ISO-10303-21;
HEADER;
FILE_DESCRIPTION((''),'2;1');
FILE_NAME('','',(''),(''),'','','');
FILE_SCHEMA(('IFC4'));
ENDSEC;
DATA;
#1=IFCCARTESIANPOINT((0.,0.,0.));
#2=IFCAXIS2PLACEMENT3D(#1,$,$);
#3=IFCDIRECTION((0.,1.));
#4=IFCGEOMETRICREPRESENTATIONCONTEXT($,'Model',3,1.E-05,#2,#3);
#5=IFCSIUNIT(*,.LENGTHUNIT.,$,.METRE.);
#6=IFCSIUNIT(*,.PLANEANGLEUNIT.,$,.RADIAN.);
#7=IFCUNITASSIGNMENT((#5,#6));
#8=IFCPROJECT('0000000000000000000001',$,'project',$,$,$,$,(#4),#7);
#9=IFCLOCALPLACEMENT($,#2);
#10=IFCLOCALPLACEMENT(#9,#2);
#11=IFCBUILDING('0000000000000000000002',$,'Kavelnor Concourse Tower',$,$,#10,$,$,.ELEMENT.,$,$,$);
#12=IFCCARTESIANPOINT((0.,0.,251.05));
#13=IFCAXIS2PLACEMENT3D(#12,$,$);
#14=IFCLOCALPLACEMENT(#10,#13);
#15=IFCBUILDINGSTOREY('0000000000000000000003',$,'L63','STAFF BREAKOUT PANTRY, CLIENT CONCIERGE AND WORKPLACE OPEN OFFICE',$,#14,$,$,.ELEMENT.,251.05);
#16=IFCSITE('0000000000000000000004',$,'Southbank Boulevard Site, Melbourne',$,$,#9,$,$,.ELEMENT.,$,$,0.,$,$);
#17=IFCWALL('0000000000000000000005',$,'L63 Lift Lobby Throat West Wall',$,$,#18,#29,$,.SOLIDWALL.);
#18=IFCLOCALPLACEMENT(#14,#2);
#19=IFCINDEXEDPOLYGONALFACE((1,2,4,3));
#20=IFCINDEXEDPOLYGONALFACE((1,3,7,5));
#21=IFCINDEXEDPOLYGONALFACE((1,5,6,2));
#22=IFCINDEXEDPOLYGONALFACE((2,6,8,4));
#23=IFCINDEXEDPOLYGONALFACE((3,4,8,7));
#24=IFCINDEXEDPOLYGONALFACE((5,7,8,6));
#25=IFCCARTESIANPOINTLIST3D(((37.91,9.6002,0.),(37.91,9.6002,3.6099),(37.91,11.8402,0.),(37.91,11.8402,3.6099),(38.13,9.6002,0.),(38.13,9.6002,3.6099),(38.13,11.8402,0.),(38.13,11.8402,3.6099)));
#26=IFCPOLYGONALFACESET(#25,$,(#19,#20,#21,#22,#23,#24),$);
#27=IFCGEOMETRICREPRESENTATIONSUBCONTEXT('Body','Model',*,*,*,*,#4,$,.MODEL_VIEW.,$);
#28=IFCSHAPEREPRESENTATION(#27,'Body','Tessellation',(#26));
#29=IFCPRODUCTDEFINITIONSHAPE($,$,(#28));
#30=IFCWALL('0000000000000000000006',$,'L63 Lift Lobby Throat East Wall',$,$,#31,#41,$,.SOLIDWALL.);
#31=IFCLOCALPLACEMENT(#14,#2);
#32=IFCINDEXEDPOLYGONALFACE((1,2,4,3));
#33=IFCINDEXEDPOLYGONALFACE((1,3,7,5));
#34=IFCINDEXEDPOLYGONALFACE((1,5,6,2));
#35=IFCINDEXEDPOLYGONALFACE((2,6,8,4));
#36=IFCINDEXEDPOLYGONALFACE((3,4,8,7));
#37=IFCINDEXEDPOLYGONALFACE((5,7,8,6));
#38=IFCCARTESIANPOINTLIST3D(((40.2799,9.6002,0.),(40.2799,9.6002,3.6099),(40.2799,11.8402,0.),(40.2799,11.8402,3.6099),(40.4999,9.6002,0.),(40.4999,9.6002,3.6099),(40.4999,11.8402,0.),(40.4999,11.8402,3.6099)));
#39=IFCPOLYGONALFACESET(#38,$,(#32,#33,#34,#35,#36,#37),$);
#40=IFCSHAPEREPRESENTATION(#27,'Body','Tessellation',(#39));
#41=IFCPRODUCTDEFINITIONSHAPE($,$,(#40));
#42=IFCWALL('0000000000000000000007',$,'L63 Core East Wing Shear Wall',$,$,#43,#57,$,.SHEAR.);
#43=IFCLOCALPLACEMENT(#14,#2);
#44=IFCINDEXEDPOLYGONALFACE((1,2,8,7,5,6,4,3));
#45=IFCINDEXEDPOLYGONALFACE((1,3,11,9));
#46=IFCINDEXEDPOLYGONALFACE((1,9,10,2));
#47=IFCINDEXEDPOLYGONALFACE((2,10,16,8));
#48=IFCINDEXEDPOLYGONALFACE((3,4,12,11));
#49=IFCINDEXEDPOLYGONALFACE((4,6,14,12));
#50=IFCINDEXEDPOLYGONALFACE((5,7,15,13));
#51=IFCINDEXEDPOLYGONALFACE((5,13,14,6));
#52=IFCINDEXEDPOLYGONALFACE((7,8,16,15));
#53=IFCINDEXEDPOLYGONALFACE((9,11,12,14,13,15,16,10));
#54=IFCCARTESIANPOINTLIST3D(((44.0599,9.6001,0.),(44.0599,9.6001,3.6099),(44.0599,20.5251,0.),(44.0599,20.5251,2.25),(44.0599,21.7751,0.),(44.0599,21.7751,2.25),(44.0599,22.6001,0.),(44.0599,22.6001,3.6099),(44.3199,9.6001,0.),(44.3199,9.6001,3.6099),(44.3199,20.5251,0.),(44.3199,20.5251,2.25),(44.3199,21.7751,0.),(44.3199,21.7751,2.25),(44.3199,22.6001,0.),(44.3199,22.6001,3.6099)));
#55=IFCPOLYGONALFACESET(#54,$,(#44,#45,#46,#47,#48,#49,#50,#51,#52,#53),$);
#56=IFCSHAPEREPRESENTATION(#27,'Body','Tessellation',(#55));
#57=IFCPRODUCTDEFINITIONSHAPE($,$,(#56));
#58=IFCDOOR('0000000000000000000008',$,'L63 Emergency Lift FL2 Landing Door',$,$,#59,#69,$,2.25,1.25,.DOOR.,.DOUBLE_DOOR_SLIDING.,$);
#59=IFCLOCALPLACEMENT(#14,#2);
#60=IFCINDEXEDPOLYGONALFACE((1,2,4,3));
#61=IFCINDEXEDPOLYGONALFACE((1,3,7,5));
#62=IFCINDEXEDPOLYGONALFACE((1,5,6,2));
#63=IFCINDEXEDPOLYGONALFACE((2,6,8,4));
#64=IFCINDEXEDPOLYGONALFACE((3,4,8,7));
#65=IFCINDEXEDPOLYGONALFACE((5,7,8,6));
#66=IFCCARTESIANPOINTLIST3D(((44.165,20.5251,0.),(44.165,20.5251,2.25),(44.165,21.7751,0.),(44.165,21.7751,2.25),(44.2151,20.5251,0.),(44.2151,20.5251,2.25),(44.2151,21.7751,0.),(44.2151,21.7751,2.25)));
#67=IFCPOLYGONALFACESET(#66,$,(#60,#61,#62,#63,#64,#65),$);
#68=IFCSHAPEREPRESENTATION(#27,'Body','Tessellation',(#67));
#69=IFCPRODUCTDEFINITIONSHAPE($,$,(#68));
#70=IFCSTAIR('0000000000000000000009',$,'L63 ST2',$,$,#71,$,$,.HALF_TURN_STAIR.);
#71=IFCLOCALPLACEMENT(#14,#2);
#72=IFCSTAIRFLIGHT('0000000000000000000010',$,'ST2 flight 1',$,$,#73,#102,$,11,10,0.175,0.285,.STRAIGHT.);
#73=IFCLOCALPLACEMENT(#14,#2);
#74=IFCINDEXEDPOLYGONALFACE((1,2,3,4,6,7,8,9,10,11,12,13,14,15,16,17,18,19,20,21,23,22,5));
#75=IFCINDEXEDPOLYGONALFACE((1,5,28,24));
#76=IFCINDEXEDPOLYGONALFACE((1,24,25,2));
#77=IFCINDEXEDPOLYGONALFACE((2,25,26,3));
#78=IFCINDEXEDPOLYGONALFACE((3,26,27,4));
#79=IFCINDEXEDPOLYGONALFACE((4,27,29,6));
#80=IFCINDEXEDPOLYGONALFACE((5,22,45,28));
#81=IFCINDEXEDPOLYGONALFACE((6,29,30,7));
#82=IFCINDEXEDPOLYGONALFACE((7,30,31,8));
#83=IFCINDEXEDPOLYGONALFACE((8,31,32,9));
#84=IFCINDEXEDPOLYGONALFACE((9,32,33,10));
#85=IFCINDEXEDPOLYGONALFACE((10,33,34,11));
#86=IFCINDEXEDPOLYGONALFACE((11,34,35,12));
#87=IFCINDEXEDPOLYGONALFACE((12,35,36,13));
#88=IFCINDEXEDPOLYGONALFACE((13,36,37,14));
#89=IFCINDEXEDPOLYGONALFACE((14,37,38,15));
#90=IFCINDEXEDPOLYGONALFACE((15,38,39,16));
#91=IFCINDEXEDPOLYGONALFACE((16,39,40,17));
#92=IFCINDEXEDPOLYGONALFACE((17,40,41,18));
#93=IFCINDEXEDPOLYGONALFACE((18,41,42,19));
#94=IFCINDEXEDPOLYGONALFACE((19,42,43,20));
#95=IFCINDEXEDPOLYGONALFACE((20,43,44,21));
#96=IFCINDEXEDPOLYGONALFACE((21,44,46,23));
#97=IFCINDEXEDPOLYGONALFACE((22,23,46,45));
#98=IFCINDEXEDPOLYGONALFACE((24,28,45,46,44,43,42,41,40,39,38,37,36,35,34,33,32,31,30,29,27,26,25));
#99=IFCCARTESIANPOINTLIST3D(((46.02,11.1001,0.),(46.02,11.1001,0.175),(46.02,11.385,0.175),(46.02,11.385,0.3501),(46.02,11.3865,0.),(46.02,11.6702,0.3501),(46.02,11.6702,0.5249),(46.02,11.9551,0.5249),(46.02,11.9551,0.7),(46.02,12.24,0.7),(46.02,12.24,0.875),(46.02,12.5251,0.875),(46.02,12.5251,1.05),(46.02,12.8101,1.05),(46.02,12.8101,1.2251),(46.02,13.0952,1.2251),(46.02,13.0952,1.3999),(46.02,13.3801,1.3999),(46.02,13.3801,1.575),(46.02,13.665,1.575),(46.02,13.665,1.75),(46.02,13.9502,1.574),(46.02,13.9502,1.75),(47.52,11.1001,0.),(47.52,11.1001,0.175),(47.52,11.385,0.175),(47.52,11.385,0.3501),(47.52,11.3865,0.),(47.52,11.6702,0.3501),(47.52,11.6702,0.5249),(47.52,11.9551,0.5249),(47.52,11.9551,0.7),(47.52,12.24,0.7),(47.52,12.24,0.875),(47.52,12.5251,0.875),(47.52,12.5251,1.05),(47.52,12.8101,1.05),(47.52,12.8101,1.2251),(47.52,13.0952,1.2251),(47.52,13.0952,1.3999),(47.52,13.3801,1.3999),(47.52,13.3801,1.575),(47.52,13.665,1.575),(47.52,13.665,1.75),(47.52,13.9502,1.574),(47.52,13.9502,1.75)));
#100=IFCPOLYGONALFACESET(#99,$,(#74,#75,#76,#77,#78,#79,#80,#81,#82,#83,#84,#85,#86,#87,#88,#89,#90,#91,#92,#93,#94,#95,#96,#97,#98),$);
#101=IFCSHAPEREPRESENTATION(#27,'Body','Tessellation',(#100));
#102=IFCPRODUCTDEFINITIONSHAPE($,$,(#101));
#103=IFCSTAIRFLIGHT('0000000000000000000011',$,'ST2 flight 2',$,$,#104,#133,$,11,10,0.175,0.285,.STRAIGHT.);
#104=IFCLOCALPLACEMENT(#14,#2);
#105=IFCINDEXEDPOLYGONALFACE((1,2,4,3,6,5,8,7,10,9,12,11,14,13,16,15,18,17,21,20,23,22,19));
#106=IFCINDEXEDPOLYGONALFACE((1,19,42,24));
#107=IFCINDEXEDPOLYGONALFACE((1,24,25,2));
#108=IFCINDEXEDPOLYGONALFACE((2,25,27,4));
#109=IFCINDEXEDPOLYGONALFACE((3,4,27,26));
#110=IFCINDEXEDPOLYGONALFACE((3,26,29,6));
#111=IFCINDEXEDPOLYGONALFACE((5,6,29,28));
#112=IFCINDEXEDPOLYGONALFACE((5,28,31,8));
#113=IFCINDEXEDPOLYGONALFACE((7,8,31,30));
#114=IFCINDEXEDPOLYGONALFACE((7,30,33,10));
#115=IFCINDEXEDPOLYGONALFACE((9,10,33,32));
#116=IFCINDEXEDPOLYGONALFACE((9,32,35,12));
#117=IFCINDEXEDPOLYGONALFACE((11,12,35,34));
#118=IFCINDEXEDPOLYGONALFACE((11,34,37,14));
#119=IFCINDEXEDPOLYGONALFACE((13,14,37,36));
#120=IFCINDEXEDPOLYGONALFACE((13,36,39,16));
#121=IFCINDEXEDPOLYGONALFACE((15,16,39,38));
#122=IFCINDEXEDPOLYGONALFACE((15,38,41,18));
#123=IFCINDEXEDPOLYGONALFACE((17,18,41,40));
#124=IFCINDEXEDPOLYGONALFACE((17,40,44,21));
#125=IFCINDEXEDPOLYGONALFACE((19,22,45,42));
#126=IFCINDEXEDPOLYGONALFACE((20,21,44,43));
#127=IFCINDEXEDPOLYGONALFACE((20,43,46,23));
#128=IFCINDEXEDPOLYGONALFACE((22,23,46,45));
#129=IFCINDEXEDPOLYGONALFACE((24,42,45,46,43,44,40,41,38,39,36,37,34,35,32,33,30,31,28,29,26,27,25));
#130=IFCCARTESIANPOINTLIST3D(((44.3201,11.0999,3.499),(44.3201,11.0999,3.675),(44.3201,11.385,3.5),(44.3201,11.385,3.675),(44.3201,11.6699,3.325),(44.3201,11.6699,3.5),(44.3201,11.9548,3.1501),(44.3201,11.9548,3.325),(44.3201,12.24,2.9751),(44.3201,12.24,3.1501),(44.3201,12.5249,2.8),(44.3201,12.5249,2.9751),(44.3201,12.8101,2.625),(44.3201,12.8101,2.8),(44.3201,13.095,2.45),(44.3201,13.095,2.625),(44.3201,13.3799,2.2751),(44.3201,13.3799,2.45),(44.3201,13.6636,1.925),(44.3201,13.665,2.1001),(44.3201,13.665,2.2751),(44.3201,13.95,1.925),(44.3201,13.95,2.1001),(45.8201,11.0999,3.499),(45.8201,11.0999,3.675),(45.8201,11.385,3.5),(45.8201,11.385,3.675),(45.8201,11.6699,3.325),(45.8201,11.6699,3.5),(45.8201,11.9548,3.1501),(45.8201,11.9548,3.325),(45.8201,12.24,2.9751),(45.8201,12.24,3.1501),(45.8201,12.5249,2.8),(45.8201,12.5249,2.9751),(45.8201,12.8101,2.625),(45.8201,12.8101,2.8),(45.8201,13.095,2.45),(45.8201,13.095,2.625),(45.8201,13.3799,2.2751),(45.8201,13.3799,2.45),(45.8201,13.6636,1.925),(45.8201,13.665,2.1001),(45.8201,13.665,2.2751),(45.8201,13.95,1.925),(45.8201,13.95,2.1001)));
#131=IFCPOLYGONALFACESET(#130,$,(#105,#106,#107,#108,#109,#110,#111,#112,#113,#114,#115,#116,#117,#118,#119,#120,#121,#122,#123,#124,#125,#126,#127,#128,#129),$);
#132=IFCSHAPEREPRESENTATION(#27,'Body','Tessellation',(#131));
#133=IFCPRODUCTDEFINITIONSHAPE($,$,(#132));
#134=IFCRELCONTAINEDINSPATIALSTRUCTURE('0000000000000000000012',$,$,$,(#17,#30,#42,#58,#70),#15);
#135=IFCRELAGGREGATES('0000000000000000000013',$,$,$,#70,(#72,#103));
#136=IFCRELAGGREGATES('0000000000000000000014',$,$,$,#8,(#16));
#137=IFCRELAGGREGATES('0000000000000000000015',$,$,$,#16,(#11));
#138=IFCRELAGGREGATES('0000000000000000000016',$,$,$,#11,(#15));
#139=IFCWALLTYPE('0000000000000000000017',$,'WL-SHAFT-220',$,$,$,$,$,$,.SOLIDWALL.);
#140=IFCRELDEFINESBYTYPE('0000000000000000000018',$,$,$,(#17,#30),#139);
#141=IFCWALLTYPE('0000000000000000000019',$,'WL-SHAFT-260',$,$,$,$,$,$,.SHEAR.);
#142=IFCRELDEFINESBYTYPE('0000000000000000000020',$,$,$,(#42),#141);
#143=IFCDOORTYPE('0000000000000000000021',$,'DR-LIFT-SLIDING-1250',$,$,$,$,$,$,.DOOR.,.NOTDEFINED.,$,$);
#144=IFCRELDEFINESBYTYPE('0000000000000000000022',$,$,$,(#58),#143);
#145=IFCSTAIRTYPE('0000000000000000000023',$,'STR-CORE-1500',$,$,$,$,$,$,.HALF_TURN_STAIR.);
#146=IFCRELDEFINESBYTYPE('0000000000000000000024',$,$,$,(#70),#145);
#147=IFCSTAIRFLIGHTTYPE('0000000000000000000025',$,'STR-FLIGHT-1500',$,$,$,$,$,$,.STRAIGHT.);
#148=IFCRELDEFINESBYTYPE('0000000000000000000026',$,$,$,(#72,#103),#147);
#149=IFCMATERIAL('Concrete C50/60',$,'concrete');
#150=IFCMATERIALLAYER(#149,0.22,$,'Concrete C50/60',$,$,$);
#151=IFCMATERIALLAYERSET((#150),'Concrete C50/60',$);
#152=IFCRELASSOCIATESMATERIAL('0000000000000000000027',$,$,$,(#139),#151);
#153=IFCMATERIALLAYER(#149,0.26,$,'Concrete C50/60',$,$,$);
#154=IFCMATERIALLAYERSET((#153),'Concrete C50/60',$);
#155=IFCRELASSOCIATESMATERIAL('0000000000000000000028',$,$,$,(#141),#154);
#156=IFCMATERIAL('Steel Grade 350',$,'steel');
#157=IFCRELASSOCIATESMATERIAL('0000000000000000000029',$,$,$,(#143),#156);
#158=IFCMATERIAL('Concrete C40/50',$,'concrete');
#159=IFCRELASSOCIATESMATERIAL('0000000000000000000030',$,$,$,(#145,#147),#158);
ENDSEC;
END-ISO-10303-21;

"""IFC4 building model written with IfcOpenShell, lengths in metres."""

from ifc_helpers import new_model, si_unit, direction, frame, frame_2d, origin, place, context, subcontext, project, spatial, polyline, rectangle, outline, extrude, material, layer, layer_set, type_object, element, fill, aggregate, save


model = new_model("IFC4")

# Units and contexts
model_context = context("Model", 3, precision=1e-05, world=origin(), true_north=direction((0.0, 1.0)))
body_context = subcontext(model_context, "Body", "Model", "MODEL_VIEW")
ifc_project = project(units=[si_unit("LENGTHUNIT", "METRE"), si_unit("PLANEANGLEUNIT", "RADIAN")], contexts=[model_context])

# Site, building, storey
site_placement = place(None, origin())
site = spatial("IfcSite", under=ifc_project, at=site_placement, Name="Southbank Boulevard Site, Melbourne", CompositionType="ELEMENT", RefElevation=0.0)
building_placement = place(site_placement, origin())
building = spatial("IfcBuilding", under=site, at=building_placement, Name="Kavelnor Concourse Tower", CompositionType="ELEMENT")
storey_placement = place(building_placement, frame((0.0, 0.0, 251.05)))
storey = spatial("IfcBuildingStorey", under=building, at=storey_placement, Name="L63", Description="STAFF BREAKOUT PANTRY, CLIENT CONCIERGE AND WORKPLACE OPEN OFFICE", CompositionType="ELEMENT", Elevation=251.05)

# Shared definitions
ifc_material_1 = material(Name="Steel Grade 350", Category="steel")

# Shared definitions
ifc_material_2 = material(Name="Concrete C50/60", Category="concrete")
ifc_layer_1 = layer(ifc_material_2, 0.22, Name="Concrete C50/60")
ifc_layer_set_1 = layer_set([ifc_layer_1], Name="Concrete C50/60")
wall_type_1 = type_object("IfcWallType", Name="WL-SHAFT-220", PredefinedType="SOLIDWALL", material=ifc_layer_set_1)

# Walls
for number, where, z_axis, x_axis, name in (
    (1, (38.02, 9.6001, 0.0), (0.0, 0.0, 1.0), (0.0, 1.0, 0.0), "L63 Lift Lobby Throat West Wall"),
    (2, (40.3899, 9.6001, 0.0), (0.0, 0.0, 1.0), (0.0, 1.0, 0.0), "L63 Lift Lobby Throat East Wall"),
):
    element("IfcWall", number, at=place(storey_placement, frame(where, z_axis=z_axis, x_axis=x_axis)), inside=storey, type_object=wall_type_1, Name=name, PredefinedType="SOLIDWALL", context=body_context, shape_type="SweptSolid", body=[
        extrude(rectangle(XDim=2.24, YDim=0.22, at=frame_2d((1.1201, 0.0))), origin(), (0.0, 0.0, 1.0), 3.6099),
    ])

# Wall, opening, door
ifc_layer_2 = layer(ifc_material_2, 0.26, Name="Concrete C50/60")
ifc_layer_set_2 = layer_set([ifc_layer_2], Name="Concrete C50/60")
wall_type_2 = type_object("IfcWallType", Name="WL-SHAFT-260", PredefinedType="SHEAR", material=ifc_layer_set_2)
wall_1_placement = place(storey_placement, frame((44.1899, 9.6001, 0.0), z_axis=(0.0, 0.0, 1.0), x_axis=(0.0, 1.0, 0.0)))
wall_1 = element("IfcWall", 3, at=wall_1_placement, inside=storey, type_object=wall_type_2, Name="L63 Core East Wing Shear Wall", PredefinedType="SHEAR", context=body_context, shape_type="SweptSolid", body=[
    extrude(rectangle(XDim=13.0, YDim=0.26, at=frame_2d((6.5, 0.0))), origin(), (0.0, 0.0, 1.0), 3.6099),
])
opening_1_placement = place(wall_1_placement, frame((10.925, 0.0, 0.0)))
opening_1 = element("IfcOpeningElement", 4, at=opening_1_placement, cuts=wall_1, PredefinedType="OPENING", context=body_context, shape_type="SweptSolid", body=[
    extrude(rectangle(XDim=1.25, YDim=2.25, at=frame_2d((0.625, 1.125))), frame((0.0, 0.1401, 0.0), z_axis=(0.0, -1.0, 0.0), x_axis=(1.0, 0.0, 0.0)), (0.0, 0.0, 1.0), 0.28),
])
door_type_1 = type_object("IfcDoorType", Name="DR-LIFT-SLIDING-1250", OperationType="NOTDEFINED", PredefinedType="DOOR", material=ifc_material_1)
door_1_placement = place(opening_1_placement, origin())
door_1 = element("IfcDoor", 5, at=door_1_placement, inside=storey, type_object=door_type_1, Name="L63 Emergency Lift FL2 Landing Door", OperationType="DOUBLE_DOOR_SLIDING", OverallHeight=2.25, OverallWidth=1.25, PredefinedType="DOOR", context=body_context, shape_type="SweptSolid", body=[
    extrude(rectangle(XDim=1.25, YDim=2.25, at=frame_2d((0.625, 1.125))), frame((0.0, 0.0249, 0.0), z_axis=(0.0, -1.0, 0.0), x_axis=(1.0, 0.0, 0.0)), (0.0, 0.0, 1.0), 0.05),
])
fill(opening_1, door_1)

# Stair, stair flights
ifc_material_3 = material(Name="Concrete C40/50", Category="concrete")
stair_type = type_object("IfcStairType", Name="STR-CORE-1500", PredefinedType="HALF_TURN_STAIR", material=ifc_material_3)
stair_placement = place(storey_placement, origin())
stair = element("IfcStair", 6, at=stair_placement, inside=storey, type_object=stair_type, Name="L63 ST2", PredefinedType="HALF_TURN_STAIR")
stair_flight_type = type_object("IfcStairFlightType", Name="STR-FLIGHT-1500", PredefinedType="STRAIGHT", material=ifc_material_3)
stair_flight_1_placement = place(storey_placement, frame((46.77, 11.1001, 0.0), z_axis=(0.0, 0.0, 1.0), x_axis=(0.0, 1.0, 0.0)))
stair_flight_1 = element("IfcStairFlight", 7, at=stair_flight_1_placement, type_object=stair_flight_type, Name="ST2 flight 1", NumberOfRisers=11, NumberOfTreads=10, PredefinedType="STRAIGHT", RiserHeight=0.175, TreadLength=0.285, context=body_context, shape_type="SweptSolid", body=[
    extrude(outline(polyline([(0.0, 0.0), (0.0, 0.175), (0.2849, 0.175), (0.2849, 0.3501), (0.5701, 0.3501), (0.5701, 0.5249), (0.855, 0.5249), (0.855, 0.7), (1.1399, 0.7), (1.1399, 0.875), (1.425, 0.875), (1.425, 1.05), (1.71, 1.05), (1.71, 1.2251), (1.9951, 1.2251), (1.9951, 1.3999), (2.28, 1.3999), (2.28, 1.575), (2.5649, 1.575), (2.5649, 1.75), (2.8501, 1.75), (2.8501, 1.925), (2.8501, 1.574), (0.2864, 0.0), (0.0, 0.0)])), frame((0.0, 0.75, 0.0), z_axis=(0.0, -1.0, 0.0), x_axis=(1.0, 0.0, 0.0)), (0.0, 0.0, 1.0), 1.5),
])
stair_flight_2_placement = place(storey_placement, frame((45.0701, 13.95, 1.925), z_axis=(0.0, 0.0, 1.0), x_axis=(0.0, -1.0, 0.0)))
stair_flight_2 = element("IfcStairFlight", 8, at=stair_flight_2_placement, type_object=stair_flight_type, Name="ST2 flight 2", NumberOfRisers=11, NumberOfTreads=10, PredefinedType="STRAIGHT", RiserHeight=0.175, TreadLength=0.285, context=body_context, shape_type="SweptSolid", body=[
    extrude(outline(polyline([(0.0, 0.0), (0.0, 0.175), (0.2849, 0.175), (0.2849, 0.3501), (0.5701, 0.3501), (0.5701, 0.5249), (0.855, 0.5249), (0.855, 0.7), (1.1399, 0.7), (1.1399, 0.875), (1.425, 0.875), (1.425, 1.05), (1.71, 1.05), (1.71, 1.2251), (1.9951, 1.2251), (1.9951, 1.3999), (2.28, 1.3999), (2.28, 1.575), (2.5649, 1.575), (2.5649, 1.75), (2.8501, 1.75), (2.8501, 1.925), (2.8501, 1.574), (0.2864, 0.0), (0.0, 0.0)])), frame((0.0, 0.75, 0.0), z_axis=(0.0, -1.0, 0.0), x_axis=(1.0, 0.0, 0.0)), (0.0, 0.0, 1.0), 1.5),
])
aggregate(stair, [stair_flight_1, stair_flight_2])

save(model, "model.ifc")
